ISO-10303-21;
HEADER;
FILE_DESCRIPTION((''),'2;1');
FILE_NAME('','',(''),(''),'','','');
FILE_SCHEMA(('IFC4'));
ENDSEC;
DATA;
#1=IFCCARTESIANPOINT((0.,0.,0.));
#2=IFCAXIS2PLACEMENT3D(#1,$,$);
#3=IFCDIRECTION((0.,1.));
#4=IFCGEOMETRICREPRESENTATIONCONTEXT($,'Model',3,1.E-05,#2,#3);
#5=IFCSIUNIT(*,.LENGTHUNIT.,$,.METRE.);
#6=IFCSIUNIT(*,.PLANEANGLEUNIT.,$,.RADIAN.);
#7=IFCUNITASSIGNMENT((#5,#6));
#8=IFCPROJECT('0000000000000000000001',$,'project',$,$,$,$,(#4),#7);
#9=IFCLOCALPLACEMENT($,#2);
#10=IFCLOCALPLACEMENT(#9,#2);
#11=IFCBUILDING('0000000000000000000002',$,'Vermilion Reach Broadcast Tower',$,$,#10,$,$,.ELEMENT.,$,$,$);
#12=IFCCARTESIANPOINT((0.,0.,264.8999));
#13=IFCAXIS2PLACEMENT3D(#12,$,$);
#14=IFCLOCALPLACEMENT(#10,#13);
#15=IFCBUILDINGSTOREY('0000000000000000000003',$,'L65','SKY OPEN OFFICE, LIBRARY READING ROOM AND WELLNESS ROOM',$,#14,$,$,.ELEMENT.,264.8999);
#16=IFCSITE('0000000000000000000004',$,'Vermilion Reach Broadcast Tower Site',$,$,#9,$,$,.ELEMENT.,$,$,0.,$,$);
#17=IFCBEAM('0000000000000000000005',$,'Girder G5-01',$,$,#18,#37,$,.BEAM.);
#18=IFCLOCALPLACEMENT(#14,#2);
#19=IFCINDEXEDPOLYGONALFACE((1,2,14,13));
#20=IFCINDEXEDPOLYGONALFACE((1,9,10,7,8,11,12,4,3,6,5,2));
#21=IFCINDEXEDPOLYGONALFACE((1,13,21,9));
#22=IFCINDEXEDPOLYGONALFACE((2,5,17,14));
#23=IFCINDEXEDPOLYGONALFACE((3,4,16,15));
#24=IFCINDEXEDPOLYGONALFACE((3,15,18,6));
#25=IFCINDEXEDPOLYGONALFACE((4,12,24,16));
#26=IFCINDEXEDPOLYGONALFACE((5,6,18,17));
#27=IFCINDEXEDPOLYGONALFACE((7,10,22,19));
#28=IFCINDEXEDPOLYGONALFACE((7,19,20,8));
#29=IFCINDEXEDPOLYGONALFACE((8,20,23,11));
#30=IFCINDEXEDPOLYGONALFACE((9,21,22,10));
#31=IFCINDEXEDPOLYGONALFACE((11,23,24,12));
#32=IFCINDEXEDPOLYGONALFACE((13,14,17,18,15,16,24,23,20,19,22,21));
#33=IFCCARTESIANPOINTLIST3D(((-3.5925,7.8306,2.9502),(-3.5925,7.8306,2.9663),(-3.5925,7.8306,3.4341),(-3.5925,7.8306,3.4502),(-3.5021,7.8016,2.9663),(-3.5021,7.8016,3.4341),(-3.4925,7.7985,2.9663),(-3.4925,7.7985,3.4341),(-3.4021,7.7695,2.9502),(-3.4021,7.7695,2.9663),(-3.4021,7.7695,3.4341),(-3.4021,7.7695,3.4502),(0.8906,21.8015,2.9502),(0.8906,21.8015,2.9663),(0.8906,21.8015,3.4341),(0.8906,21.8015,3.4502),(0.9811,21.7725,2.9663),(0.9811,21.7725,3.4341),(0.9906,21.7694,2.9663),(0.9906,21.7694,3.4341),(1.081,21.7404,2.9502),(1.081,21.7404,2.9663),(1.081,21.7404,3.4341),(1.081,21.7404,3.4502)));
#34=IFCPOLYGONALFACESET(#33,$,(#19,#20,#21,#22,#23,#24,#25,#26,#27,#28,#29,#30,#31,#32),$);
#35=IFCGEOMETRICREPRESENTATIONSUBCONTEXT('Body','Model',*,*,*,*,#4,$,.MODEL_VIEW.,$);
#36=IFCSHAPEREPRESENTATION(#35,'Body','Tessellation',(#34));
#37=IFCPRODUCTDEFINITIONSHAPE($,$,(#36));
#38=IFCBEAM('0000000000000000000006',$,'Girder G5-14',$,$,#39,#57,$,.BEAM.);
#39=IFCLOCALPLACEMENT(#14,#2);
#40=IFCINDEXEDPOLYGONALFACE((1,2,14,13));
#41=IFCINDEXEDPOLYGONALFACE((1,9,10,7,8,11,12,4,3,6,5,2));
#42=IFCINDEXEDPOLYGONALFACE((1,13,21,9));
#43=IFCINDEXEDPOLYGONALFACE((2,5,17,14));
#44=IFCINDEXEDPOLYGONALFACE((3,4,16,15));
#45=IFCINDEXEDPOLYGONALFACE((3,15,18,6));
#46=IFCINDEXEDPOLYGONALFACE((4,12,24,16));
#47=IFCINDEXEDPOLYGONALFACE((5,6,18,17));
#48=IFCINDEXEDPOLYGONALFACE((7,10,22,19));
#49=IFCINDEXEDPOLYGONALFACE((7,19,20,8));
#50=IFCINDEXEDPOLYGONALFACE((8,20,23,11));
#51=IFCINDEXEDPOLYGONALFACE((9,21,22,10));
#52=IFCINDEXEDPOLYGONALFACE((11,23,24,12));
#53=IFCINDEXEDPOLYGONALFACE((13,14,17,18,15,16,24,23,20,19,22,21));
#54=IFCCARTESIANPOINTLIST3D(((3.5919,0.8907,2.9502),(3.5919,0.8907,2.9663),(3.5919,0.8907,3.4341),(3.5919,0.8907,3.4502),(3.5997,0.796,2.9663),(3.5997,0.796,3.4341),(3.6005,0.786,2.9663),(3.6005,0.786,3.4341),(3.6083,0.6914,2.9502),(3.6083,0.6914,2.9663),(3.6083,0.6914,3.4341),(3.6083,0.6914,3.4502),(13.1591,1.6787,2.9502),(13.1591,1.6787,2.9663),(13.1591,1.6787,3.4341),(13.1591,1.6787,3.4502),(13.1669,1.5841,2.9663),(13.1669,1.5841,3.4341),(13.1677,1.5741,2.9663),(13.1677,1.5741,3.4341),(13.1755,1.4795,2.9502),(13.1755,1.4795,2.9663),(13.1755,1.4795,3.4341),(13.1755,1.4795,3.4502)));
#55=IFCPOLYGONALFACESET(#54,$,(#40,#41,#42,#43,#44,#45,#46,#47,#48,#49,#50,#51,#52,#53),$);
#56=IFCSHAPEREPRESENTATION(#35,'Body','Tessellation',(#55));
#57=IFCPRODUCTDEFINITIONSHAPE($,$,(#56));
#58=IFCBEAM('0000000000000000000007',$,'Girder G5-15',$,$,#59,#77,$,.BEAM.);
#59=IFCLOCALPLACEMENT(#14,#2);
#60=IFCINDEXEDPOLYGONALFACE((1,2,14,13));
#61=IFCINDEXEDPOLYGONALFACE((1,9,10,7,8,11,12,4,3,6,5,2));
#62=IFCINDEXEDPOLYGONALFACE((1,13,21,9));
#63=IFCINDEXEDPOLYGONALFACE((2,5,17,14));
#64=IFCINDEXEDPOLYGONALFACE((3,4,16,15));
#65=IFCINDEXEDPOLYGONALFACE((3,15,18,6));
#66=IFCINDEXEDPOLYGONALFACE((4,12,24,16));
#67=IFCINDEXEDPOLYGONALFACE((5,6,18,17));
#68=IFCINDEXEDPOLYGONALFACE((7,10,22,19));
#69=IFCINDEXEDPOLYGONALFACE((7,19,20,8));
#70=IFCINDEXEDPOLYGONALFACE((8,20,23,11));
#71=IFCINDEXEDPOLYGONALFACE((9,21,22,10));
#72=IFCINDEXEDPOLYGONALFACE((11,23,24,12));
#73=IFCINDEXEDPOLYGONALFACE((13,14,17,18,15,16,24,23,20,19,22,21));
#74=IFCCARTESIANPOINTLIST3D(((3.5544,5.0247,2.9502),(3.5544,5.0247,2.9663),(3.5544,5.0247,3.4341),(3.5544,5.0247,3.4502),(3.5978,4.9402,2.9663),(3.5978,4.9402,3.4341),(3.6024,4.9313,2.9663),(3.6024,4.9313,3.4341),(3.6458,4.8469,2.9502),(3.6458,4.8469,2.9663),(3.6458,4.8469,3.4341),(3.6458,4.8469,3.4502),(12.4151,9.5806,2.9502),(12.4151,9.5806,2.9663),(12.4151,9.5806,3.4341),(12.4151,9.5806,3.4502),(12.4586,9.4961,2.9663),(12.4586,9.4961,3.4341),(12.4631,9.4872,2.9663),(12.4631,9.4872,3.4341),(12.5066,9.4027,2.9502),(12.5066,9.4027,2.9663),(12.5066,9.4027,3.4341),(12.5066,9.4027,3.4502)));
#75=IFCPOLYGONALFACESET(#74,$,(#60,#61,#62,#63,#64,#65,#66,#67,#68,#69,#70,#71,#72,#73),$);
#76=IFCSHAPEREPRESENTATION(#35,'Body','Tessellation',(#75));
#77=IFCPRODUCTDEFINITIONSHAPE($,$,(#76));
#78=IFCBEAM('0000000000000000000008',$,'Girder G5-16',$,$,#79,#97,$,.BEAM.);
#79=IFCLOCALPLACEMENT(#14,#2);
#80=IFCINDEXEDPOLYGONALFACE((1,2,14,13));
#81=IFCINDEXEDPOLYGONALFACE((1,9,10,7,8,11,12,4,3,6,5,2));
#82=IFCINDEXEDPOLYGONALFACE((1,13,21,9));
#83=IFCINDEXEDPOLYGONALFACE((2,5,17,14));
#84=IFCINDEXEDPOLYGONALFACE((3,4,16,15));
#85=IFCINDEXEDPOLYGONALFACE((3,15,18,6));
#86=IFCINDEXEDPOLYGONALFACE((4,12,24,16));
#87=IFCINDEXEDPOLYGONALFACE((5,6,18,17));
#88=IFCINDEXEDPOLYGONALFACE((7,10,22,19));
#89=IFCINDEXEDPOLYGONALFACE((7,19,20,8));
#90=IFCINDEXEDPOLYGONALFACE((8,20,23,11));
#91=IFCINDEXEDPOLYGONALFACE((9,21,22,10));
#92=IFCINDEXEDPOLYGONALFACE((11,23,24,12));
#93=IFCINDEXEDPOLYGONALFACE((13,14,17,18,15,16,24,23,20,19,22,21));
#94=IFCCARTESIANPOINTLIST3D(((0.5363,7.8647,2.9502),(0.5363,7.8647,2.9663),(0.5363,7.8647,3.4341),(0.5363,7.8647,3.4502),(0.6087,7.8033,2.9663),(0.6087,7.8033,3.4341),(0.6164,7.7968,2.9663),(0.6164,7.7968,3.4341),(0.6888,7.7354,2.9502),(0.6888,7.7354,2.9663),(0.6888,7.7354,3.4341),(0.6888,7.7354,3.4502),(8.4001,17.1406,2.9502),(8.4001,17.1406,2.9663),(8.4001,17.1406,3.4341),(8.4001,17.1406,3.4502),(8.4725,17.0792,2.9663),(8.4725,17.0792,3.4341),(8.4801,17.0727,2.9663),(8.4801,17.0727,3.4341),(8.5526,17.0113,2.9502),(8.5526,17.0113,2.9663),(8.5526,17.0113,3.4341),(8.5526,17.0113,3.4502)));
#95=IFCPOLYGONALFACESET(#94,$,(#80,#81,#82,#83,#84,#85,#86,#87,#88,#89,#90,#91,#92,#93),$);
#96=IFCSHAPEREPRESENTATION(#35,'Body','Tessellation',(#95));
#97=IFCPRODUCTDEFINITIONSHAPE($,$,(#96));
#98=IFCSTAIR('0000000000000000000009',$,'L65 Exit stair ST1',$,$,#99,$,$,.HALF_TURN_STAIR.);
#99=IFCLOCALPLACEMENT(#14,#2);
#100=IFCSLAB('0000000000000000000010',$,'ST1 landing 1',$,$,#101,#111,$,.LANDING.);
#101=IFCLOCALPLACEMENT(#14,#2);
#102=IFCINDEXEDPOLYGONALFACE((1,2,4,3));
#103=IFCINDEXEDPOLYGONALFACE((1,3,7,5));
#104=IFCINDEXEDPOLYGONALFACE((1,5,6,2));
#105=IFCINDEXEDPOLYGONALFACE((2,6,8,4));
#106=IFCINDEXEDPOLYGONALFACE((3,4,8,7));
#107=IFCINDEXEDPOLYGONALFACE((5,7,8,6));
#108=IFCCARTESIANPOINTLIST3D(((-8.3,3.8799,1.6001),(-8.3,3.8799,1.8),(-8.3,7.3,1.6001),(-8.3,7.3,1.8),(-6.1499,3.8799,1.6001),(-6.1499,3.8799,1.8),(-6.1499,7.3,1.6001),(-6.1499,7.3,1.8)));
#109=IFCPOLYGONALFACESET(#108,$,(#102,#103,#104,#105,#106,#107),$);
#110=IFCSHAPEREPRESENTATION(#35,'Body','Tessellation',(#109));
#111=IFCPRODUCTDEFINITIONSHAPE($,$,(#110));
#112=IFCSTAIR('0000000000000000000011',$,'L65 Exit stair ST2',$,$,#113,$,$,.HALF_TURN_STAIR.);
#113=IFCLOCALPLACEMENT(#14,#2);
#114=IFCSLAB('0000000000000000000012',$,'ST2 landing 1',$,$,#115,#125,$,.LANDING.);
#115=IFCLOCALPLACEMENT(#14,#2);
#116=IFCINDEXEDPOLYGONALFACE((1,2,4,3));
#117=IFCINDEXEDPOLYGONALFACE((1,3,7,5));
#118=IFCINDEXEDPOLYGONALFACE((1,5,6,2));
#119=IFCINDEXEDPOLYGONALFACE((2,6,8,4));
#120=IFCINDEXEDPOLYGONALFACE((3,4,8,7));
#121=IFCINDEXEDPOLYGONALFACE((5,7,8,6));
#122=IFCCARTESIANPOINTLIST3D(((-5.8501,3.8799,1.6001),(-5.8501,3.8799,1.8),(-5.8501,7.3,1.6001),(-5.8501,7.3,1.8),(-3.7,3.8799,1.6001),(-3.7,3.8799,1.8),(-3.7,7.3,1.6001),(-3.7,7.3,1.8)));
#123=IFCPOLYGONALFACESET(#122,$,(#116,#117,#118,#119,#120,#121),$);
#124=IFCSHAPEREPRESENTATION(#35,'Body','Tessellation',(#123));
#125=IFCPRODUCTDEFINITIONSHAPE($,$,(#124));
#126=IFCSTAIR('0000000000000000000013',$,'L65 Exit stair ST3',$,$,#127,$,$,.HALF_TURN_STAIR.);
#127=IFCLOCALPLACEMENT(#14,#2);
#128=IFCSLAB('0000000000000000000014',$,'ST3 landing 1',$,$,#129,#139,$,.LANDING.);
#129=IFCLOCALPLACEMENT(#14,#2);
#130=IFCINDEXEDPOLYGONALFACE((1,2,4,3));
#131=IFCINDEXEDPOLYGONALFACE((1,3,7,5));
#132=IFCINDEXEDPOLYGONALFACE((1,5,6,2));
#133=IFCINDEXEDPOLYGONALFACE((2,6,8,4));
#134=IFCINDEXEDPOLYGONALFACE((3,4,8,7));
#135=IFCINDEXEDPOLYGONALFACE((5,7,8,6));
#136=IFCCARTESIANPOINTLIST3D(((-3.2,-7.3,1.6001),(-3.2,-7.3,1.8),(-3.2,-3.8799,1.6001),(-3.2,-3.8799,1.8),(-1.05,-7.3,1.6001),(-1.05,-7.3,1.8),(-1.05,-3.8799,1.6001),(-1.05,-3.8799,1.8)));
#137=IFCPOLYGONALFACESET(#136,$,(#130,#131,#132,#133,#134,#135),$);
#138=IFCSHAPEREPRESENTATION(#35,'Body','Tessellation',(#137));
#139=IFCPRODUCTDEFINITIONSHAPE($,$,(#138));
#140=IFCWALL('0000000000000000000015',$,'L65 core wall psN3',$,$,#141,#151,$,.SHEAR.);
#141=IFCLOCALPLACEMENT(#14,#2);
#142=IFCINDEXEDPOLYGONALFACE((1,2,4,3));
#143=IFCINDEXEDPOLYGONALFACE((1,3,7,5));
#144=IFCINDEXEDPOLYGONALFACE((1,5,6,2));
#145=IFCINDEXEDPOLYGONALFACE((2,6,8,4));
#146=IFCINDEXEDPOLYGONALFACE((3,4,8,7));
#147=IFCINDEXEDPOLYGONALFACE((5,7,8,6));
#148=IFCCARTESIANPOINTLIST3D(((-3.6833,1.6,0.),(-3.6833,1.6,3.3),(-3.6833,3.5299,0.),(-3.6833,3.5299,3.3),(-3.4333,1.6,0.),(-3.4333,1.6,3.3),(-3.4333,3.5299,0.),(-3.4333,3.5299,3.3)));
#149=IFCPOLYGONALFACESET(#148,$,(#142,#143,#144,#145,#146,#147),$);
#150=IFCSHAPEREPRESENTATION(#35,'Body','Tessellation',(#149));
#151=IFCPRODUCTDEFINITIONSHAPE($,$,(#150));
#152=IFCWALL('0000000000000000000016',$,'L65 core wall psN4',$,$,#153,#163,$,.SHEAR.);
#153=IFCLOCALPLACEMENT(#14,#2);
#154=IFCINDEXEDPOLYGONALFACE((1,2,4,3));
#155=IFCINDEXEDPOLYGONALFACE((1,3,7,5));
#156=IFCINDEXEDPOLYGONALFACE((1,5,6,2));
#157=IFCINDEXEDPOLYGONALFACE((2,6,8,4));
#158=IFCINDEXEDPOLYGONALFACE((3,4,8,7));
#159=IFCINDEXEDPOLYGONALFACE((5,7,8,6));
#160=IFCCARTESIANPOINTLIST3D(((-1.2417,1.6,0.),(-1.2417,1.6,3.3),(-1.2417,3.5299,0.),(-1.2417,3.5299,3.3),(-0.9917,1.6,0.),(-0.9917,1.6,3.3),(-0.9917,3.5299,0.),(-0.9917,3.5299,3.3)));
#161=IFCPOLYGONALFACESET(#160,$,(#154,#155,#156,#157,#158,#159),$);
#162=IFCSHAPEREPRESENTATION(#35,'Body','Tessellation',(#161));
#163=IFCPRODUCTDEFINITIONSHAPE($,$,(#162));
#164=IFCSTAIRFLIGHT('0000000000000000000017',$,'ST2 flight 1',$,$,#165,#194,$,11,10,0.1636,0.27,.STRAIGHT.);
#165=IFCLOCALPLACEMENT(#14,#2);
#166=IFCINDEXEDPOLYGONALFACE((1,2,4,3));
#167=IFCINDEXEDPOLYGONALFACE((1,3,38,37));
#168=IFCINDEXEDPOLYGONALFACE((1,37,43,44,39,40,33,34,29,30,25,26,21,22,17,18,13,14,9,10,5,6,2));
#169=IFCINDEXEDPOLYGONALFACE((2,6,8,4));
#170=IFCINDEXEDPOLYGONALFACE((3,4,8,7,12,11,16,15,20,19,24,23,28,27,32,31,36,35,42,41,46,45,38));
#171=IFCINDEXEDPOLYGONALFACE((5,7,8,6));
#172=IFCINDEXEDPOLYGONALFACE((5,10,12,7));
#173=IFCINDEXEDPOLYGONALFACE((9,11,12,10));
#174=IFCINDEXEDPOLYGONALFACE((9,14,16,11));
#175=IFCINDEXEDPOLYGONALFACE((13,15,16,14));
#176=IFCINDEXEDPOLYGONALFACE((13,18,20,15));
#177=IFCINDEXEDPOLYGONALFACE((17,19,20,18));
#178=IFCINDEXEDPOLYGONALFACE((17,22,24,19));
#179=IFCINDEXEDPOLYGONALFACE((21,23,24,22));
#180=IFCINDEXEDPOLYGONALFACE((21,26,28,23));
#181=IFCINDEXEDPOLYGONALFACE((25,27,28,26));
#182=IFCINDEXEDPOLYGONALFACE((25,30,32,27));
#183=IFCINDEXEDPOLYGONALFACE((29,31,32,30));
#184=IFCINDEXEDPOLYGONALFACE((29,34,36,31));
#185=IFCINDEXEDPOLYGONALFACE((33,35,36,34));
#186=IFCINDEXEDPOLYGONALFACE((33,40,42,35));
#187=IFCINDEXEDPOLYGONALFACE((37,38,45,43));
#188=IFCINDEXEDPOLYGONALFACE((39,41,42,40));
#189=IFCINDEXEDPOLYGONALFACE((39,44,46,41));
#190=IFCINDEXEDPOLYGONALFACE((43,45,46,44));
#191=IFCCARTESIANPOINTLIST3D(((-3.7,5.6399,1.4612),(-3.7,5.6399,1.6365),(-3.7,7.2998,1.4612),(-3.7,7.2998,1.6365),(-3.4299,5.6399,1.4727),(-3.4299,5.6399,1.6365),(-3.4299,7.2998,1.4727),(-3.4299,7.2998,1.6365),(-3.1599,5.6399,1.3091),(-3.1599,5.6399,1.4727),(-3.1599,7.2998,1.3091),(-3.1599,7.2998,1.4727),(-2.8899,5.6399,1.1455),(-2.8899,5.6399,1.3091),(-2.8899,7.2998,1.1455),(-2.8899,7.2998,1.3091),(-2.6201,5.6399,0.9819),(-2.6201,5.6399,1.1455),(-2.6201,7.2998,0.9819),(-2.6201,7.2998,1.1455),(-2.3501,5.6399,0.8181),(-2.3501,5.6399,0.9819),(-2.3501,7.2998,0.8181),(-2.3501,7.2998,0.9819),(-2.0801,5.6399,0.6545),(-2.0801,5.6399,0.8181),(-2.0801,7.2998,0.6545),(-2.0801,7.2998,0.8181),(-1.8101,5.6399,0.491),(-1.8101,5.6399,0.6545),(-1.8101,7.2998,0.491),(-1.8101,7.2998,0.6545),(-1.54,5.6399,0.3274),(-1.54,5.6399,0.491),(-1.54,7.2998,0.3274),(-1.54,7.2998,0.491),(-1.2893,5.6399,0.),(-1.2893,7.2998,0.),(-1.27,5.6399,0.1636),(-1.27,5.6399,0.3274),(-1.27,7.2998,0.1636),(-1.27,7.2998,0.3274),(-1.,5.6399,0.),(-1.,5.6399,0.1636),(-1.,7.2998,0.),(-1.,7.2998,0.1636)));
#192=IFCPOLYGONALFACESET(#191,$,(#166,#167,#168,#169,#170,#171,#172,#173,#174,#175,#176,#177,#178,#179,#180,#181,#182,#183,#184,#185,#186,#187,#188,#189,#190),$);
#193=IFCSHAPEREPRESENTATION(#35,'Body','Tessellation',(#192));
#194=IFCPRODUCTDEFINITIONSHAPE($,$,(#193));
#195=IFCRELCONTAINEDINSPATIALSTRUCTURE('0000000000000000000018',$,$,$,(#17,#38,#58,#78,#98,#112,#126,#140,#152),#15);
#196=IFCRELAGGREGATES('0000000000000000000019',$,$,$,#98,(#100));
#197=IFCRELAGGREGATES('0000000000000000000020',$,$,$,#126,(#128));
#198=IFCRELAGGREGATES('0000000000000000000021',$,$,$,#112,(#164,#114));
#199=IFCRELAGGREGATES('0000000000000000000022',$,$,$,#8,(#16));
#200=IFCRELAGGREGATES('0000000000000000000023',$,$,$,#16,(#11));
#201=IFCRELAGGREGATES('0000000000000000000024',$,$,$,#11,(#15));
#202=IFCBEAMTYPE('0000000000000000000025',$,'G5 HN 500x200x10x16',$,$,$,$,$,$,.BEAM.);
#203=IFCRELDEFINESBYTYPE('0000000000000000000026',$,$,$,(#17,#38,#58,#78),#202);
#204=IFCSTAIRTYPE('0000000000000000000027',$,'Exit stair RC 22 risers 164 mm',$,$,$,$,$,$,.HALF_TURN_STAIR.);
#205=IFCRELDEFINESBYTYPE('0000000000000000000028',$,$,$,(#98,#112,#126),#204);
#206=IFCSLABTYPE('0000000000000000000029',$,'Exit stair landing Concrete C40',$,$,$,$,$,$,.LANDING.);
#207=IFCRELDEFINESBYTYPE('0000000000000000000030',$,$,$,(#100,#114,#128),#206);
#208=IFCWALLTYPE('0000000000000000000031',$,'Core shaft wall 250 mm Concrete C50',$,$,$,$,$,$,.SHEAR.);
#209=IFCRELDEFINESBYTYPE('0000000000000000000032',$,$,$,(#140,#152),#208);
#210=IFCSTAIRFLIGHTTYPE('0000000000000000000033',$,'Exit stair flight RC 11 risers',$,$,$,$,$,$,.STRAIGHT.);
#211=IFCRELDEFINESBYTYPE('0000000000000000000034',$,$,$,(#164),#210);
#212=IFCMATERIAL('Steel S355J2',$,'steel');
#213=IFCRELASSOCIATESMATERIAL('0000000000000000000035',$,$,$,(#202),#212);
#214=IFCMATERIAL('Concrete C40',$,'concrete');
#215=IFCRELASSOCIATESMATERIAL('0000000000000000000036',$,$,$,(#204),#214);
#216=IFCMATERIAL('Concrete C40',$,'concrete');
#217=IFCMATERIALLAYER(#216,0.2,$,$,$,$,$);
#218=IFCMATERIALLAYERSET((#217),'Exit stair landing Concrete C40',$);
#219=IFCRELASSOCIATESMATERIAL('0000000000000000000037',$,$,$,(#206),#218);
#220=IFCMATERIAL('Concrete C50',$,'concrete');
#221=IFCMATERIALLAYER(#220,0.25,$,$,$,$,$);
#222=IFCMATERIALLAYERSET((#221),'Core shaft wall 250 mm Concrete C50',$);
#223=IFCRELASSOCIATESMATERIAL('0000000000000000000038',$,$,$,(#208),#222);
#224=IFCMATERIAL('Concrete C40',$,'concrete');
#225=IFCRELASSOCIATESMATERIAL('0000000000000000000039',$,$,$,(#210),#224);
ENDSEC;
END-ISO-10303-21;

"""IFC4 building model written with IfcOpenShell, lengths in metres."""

from ifc_helpers import new_model, si_unit, direction, frame, frame_2d, origin, origin_2d, place, context, subcontext, project, spatial, polyline, rectangle, i_section, outline, extrude, material, layer, layer_set, material_profile, profile_set, type_object, element, aggregate, save


model = new_model("IFC4")

# Units and contexts
model_context = context("Model", 3, precision=1e-05, world=origin(), true_north=direction((0.0, 1.0)))
body_context = subcontext(model_context, "Body", "Model", "MODEL_VIEW")
ifc_project = project(units=[si_unit("LENGTHUNIT", "METRE"), si_unit("PLANEANGLEUNIT", "RADIAN")], contexts=[model_context])

# Site, building, storey
site_placement = place(None, origin())
site = spatial("IfcSite", under=ifc_project, at=site_placement, Name="Vermilion Reach Broadcast Tower Site", CompositionType="ELEMENT", RefElevation=0.0)
building_placement = place(site_placement, origin())
building = spatial("IfcBuilding", under=site, at=building_placement, Name="Vermilion Reach Broadcast Tower", CompositionType="ELEMENT")
storey_placement = place(building_placement, frame((0.0, 0.0, 264.8999)))
storey = spatial("IfcBuildingStorey", under=building, at=storey_placement, Name="L65", Description="SKY OPEN OFFICE, LIBRARY READING ROOM AND WELLNESS ROOM", CompositionType="ELEMENT", Elevation=264.8999)

# Beams
ifc_material_1 = material(Name="Steel S355J2", Category="steel")
ifc_material_profile = material_profile(ifc_material_1, i_section(OverallWidth=0.2, OverallDepth=0.5, WebThickness=0.01, FlangeThickness=0.0161, at=origin_2d()), Name="S355J2 HN 500x200x10x16")
ifc_profile_set = profile_set([ifc_material_profile], Name="Steel S355J2")
beam_type = type_object("IfcBeamType", Name="G5 HN 500x200x10x16", PredefinedType="BEAM", material=ifc_profile_set)
beam_1_placement = place(storey_placement, frame((-3.4973, 7.8, 3.2002), z_axis=(0.305545, 0.952178, 0.0), x_axis=(-0.952178, 0.305545, 0.0)))
element("IfcBeam", 1, at=beam_1_placement, inside=storey, type_object=beam_type, Name="Girder G5-01", PredefinedType="BEAM", context=body_context, shape_type="SweptSolid", body=[
    extrude(i_section(OverallWidth=0.2, OverallDepth=0.5, WebThickness=0.01, FlangeThickness=0.0161, at=origin_2d()), origin(), (0.0, 0.0, 1.0), 14.6726),
])
beam_2_placement = place(storey_placement, frame((3.6001, 0.791, 3.2002), z_axis=(0.996624, 0.082096, 0.0), x_axis=(-0.082096, 0.996624, 0.0)))
element("IfcBeam", 2, at=beam_2_placement, inside=storey, type_object=beam_type, Name="Girder G5-14", PredefinedType="BEAM", context=body_context, shape_type="SweptSolid", body=[
    extrude(i_section(OverallWidth=0.2, OverallDepth=0.5, WebThickness=0.01, FlangeThickness=0.0161, at=origin_2d()), origin(), (0.0, 0.0, 1.0), 9.5996),
])
beam_3_placement = place(storey_placement, frame((3.6001, 4.9358, 3.2002), z_axis=(0.889333, 0.457261, 0.0), x_axis=(-0.457261, 0.889333, 0.0)))
element("IfcBeam", 3, at=beam_3_placement, inside=storey, type_object=beam_type, Name="Girder G5-15", PredefinedType="BEAM", context=body_context, shape_type="SweptSolid", body=[
    extrude(i_section(OverallWidth=0.2, OverallDepth=0.5, WebThickness=0.01, FlangeThickness=0.0161, at=origin_2d()), origin(), (0.0, 0.0, 1.0), 9.9634),
])
beam_4_placement = place(storey_placement, frame((0.6125, 7.8, 3.2002), z_axis=(0.646658, 0.76278, 0.0), x_axis=(-0.76278, 0.646658, 0.0)))
element("IfcBeam", 4, at=beam_4_placement, inside=storey, type_object=beam_type, Name="Girder G5-16", PredefinedType="BEAM", context=body_context, shape_type="SweptSolid", body=[
    extrude(i_section(OverallWidth=0.2, OverallDepth=0.5, WebThickness=0.01, FlangeThickness=0.0161, at=origin_2d()), origin(), (0.0, 0.0, 1.0), 12.1606),
])

# Stairs, slabs
ifc_material_2 = material(Name="Concrete C40", Category="concrete")
stair_type = type_object("IfcStairType", Name="Exit stair RC 22 risers 164 mm", PredefinedType="HALF_TURN_STAIR", material=ifc_material_2)
placement_1 = place(storey_placement, origin())
stair_1 = element("IfcStair", 5, at=placement_1, inside=storey, type_object=stair_type, Name="L65 Exit stair ST1", PredefinedType="HALF_TURN_STAIR")
ifc_material_3 = material(Name="Concrete C40", Category="concrete")
ifc_layer_1 = layer(ifc_material_3, 0.2)
ifc_layer_set_1 = layer_set([ifc_layer_1], Name="Exit stair landing Concrete C40")
slab_type = type_object("IfcSlabType", Name="Exit stair landing Concrete C40", PredefinedType="LANDING", material=ifc_layer_set_1)
placement_2 = place(storey_placement, frame((0.0, 0.0, 1.6001)))
slab_1 = element("IfcSlab", 6, at=placement_2, type_object=slab_type, Name="ST1 landing 1", PredefinedType="LANDING", context=body_context, shape_type="SweptSolid", body=[
    extrude(outline(polyline([(-8.3, 3.8799), (-6.1499, 3.8799), (-6.1499, 7.3), (-8.3, 7.3), (-8.3, 3.8799)])), origin(), (0.0, 0.0, 1.0), 0.2),
])
aggregate(stair_1, [slab_1])
stair_2 = element("IfcStair", 7, at=placement_1, inside=storey, type_object=stair_type, Name="L65 Exit stair ST2", PredefinedType="HALF_TURN_STAIR")
slab_2 = element("IfcSlab", 8, at=placement_2, type_object=slab_type, Name="ST2 landing 1", PredefinedType="LANDING", context=body_context, shape_type="SweptSolid", body=[
    extrude(outline(polyline([(-3.7, 7.3), (-5.8501, 7.3), (-5.8501, 3.8799), (-3.7, 3.8799), (-3.7, 7.3)])), origin(), (0.0, 0.0, 1.0), 0.2),
])
stair_3 = element("IfcStair", 9, at=placement_1, inside=storey, type_object=stair_type, Name="L65 Exit stair ST3", PredefinedType="HALF_TURN_STAIR")
slab_3 = element("IfcSlab", 10, at=placement_2, type_object=slab_type, Name="ST3 landing 1", PredefinedType="LANDING", context=body_context, shape_type="SweptSolid", body=[
    extrude(outline(polyline([(-3.2, -7.3), (-1.05, -7.3), (-1.05, -3.8799), (-3.2, -3.8799), (-3.2, -7.3)])), origin(), (0.0, 0.0, 1.0), 0.2),
])
aggregate(stair_3, [slab_3])

# Walls
ifc_material_4 = material(Name="Concrete C50", Category="concrete")
ifc_layer_2 = layer(ifc_material_4, 0.25)
ifc_layer_set_2 = layer_set([ifc_layer_2], Name="Core shaft wall 250 mm Concrete C50")
wall_type = type_object("IfcWallType", Name="Core shaft wall 250 mm Concrete C50", PredefinedType="SHEAR", material=ifc_layer_set_2)
for number, where, z_axis, x_axis, name in (
    (11, (-3.5583, 1.6001, 0.0), (0.0, 0.0, 1.0), (0.0, 1.0, 0.0), "L65 core wall psN3"),
    (12, (-1.1167, 1.6001, 0.0), (0.0, 0.0, 1.0), (0.0, 1.0, 0.0), "L65 core wall psN4"),
):
    element("IfcWall", number, at=place(storey_placement, frame(where, z_axis=z_axis, x_axis=x_axis)), inside=storey, type_object=wall_type, Name=name, PredefinedType="SHEAR", context=body_context, shape_type="SweptSolid", body=[
        extrude(rectangle(XDim=1.9299, YDim=0.25, at=frame_2d((0.9648, 0.0))), origin(), (0.0, 0.0, 1.0), 3.3),
    ])

# Stair flight
ifc_material_5 = material(Name="Concrete C40", Category="concrete")
stair_flight_type = type_object("IfcStairFlightType", Name="Exit stair flight RC 11 risers", PredefinedType="STRAIGHT", material=ifc_material_5)
stair_flight_1_placement = place(storey_placement, frame((-1.0, 6.47, 0.0), z_axis=(0.0, 0.0, 1.0), x_axis=(-1.0, 0.0, 0.0)))
stair_flight_1 = element("IfcStairFlight", 13, at=stair_flight_1_placement, type_object=stair_flight_type, Name="ST2 flight 1", NumberOfRisers=11, NumberOfTreads=10, PredefinedType="STRAIGHT", RiserHeight=0.1636, TreadLength=0.27, context=body_context, shape_type="SweptSolid", body=[
    extrude(outline(polyline([(0.0, 0.0), (0.0, 0.1636), (0.27, 0.1636), (0.27, 0.3274), (0.54, 0.3274), (0.54, 0.491), (0.8101, 0.491), (0.8101, 0.6545), (1.0801, 0.6545), (1.0801, 0.8181), (1.3501, 0.8181), (1.3501, 0.9819), (1.6201, 0.9819), (1.6201, 1.1455), (1.8899, 1.1455), (1.8899, 1.3091), (2.1599, 1.3091), (2.1599, 1.4727), (2.4299, 1.4727), (2.4299, 1.6365), (2.7, 1.6365), (2.7, 1.8), (2.7, 1.4612), (0.2893, 0.0), (0.0, 0.0)])), frame((0.0, 0.8301, 0.0), z_axis=(0.0, -1.0, 0.0), x_axis=(1.0, 0.0, 0.0)), (0.0, 0.0, 1.0), 1.6599),
])
aggregate(stair_2, [stair_flight_1, slab_2])

save(model, "model.ifc")
